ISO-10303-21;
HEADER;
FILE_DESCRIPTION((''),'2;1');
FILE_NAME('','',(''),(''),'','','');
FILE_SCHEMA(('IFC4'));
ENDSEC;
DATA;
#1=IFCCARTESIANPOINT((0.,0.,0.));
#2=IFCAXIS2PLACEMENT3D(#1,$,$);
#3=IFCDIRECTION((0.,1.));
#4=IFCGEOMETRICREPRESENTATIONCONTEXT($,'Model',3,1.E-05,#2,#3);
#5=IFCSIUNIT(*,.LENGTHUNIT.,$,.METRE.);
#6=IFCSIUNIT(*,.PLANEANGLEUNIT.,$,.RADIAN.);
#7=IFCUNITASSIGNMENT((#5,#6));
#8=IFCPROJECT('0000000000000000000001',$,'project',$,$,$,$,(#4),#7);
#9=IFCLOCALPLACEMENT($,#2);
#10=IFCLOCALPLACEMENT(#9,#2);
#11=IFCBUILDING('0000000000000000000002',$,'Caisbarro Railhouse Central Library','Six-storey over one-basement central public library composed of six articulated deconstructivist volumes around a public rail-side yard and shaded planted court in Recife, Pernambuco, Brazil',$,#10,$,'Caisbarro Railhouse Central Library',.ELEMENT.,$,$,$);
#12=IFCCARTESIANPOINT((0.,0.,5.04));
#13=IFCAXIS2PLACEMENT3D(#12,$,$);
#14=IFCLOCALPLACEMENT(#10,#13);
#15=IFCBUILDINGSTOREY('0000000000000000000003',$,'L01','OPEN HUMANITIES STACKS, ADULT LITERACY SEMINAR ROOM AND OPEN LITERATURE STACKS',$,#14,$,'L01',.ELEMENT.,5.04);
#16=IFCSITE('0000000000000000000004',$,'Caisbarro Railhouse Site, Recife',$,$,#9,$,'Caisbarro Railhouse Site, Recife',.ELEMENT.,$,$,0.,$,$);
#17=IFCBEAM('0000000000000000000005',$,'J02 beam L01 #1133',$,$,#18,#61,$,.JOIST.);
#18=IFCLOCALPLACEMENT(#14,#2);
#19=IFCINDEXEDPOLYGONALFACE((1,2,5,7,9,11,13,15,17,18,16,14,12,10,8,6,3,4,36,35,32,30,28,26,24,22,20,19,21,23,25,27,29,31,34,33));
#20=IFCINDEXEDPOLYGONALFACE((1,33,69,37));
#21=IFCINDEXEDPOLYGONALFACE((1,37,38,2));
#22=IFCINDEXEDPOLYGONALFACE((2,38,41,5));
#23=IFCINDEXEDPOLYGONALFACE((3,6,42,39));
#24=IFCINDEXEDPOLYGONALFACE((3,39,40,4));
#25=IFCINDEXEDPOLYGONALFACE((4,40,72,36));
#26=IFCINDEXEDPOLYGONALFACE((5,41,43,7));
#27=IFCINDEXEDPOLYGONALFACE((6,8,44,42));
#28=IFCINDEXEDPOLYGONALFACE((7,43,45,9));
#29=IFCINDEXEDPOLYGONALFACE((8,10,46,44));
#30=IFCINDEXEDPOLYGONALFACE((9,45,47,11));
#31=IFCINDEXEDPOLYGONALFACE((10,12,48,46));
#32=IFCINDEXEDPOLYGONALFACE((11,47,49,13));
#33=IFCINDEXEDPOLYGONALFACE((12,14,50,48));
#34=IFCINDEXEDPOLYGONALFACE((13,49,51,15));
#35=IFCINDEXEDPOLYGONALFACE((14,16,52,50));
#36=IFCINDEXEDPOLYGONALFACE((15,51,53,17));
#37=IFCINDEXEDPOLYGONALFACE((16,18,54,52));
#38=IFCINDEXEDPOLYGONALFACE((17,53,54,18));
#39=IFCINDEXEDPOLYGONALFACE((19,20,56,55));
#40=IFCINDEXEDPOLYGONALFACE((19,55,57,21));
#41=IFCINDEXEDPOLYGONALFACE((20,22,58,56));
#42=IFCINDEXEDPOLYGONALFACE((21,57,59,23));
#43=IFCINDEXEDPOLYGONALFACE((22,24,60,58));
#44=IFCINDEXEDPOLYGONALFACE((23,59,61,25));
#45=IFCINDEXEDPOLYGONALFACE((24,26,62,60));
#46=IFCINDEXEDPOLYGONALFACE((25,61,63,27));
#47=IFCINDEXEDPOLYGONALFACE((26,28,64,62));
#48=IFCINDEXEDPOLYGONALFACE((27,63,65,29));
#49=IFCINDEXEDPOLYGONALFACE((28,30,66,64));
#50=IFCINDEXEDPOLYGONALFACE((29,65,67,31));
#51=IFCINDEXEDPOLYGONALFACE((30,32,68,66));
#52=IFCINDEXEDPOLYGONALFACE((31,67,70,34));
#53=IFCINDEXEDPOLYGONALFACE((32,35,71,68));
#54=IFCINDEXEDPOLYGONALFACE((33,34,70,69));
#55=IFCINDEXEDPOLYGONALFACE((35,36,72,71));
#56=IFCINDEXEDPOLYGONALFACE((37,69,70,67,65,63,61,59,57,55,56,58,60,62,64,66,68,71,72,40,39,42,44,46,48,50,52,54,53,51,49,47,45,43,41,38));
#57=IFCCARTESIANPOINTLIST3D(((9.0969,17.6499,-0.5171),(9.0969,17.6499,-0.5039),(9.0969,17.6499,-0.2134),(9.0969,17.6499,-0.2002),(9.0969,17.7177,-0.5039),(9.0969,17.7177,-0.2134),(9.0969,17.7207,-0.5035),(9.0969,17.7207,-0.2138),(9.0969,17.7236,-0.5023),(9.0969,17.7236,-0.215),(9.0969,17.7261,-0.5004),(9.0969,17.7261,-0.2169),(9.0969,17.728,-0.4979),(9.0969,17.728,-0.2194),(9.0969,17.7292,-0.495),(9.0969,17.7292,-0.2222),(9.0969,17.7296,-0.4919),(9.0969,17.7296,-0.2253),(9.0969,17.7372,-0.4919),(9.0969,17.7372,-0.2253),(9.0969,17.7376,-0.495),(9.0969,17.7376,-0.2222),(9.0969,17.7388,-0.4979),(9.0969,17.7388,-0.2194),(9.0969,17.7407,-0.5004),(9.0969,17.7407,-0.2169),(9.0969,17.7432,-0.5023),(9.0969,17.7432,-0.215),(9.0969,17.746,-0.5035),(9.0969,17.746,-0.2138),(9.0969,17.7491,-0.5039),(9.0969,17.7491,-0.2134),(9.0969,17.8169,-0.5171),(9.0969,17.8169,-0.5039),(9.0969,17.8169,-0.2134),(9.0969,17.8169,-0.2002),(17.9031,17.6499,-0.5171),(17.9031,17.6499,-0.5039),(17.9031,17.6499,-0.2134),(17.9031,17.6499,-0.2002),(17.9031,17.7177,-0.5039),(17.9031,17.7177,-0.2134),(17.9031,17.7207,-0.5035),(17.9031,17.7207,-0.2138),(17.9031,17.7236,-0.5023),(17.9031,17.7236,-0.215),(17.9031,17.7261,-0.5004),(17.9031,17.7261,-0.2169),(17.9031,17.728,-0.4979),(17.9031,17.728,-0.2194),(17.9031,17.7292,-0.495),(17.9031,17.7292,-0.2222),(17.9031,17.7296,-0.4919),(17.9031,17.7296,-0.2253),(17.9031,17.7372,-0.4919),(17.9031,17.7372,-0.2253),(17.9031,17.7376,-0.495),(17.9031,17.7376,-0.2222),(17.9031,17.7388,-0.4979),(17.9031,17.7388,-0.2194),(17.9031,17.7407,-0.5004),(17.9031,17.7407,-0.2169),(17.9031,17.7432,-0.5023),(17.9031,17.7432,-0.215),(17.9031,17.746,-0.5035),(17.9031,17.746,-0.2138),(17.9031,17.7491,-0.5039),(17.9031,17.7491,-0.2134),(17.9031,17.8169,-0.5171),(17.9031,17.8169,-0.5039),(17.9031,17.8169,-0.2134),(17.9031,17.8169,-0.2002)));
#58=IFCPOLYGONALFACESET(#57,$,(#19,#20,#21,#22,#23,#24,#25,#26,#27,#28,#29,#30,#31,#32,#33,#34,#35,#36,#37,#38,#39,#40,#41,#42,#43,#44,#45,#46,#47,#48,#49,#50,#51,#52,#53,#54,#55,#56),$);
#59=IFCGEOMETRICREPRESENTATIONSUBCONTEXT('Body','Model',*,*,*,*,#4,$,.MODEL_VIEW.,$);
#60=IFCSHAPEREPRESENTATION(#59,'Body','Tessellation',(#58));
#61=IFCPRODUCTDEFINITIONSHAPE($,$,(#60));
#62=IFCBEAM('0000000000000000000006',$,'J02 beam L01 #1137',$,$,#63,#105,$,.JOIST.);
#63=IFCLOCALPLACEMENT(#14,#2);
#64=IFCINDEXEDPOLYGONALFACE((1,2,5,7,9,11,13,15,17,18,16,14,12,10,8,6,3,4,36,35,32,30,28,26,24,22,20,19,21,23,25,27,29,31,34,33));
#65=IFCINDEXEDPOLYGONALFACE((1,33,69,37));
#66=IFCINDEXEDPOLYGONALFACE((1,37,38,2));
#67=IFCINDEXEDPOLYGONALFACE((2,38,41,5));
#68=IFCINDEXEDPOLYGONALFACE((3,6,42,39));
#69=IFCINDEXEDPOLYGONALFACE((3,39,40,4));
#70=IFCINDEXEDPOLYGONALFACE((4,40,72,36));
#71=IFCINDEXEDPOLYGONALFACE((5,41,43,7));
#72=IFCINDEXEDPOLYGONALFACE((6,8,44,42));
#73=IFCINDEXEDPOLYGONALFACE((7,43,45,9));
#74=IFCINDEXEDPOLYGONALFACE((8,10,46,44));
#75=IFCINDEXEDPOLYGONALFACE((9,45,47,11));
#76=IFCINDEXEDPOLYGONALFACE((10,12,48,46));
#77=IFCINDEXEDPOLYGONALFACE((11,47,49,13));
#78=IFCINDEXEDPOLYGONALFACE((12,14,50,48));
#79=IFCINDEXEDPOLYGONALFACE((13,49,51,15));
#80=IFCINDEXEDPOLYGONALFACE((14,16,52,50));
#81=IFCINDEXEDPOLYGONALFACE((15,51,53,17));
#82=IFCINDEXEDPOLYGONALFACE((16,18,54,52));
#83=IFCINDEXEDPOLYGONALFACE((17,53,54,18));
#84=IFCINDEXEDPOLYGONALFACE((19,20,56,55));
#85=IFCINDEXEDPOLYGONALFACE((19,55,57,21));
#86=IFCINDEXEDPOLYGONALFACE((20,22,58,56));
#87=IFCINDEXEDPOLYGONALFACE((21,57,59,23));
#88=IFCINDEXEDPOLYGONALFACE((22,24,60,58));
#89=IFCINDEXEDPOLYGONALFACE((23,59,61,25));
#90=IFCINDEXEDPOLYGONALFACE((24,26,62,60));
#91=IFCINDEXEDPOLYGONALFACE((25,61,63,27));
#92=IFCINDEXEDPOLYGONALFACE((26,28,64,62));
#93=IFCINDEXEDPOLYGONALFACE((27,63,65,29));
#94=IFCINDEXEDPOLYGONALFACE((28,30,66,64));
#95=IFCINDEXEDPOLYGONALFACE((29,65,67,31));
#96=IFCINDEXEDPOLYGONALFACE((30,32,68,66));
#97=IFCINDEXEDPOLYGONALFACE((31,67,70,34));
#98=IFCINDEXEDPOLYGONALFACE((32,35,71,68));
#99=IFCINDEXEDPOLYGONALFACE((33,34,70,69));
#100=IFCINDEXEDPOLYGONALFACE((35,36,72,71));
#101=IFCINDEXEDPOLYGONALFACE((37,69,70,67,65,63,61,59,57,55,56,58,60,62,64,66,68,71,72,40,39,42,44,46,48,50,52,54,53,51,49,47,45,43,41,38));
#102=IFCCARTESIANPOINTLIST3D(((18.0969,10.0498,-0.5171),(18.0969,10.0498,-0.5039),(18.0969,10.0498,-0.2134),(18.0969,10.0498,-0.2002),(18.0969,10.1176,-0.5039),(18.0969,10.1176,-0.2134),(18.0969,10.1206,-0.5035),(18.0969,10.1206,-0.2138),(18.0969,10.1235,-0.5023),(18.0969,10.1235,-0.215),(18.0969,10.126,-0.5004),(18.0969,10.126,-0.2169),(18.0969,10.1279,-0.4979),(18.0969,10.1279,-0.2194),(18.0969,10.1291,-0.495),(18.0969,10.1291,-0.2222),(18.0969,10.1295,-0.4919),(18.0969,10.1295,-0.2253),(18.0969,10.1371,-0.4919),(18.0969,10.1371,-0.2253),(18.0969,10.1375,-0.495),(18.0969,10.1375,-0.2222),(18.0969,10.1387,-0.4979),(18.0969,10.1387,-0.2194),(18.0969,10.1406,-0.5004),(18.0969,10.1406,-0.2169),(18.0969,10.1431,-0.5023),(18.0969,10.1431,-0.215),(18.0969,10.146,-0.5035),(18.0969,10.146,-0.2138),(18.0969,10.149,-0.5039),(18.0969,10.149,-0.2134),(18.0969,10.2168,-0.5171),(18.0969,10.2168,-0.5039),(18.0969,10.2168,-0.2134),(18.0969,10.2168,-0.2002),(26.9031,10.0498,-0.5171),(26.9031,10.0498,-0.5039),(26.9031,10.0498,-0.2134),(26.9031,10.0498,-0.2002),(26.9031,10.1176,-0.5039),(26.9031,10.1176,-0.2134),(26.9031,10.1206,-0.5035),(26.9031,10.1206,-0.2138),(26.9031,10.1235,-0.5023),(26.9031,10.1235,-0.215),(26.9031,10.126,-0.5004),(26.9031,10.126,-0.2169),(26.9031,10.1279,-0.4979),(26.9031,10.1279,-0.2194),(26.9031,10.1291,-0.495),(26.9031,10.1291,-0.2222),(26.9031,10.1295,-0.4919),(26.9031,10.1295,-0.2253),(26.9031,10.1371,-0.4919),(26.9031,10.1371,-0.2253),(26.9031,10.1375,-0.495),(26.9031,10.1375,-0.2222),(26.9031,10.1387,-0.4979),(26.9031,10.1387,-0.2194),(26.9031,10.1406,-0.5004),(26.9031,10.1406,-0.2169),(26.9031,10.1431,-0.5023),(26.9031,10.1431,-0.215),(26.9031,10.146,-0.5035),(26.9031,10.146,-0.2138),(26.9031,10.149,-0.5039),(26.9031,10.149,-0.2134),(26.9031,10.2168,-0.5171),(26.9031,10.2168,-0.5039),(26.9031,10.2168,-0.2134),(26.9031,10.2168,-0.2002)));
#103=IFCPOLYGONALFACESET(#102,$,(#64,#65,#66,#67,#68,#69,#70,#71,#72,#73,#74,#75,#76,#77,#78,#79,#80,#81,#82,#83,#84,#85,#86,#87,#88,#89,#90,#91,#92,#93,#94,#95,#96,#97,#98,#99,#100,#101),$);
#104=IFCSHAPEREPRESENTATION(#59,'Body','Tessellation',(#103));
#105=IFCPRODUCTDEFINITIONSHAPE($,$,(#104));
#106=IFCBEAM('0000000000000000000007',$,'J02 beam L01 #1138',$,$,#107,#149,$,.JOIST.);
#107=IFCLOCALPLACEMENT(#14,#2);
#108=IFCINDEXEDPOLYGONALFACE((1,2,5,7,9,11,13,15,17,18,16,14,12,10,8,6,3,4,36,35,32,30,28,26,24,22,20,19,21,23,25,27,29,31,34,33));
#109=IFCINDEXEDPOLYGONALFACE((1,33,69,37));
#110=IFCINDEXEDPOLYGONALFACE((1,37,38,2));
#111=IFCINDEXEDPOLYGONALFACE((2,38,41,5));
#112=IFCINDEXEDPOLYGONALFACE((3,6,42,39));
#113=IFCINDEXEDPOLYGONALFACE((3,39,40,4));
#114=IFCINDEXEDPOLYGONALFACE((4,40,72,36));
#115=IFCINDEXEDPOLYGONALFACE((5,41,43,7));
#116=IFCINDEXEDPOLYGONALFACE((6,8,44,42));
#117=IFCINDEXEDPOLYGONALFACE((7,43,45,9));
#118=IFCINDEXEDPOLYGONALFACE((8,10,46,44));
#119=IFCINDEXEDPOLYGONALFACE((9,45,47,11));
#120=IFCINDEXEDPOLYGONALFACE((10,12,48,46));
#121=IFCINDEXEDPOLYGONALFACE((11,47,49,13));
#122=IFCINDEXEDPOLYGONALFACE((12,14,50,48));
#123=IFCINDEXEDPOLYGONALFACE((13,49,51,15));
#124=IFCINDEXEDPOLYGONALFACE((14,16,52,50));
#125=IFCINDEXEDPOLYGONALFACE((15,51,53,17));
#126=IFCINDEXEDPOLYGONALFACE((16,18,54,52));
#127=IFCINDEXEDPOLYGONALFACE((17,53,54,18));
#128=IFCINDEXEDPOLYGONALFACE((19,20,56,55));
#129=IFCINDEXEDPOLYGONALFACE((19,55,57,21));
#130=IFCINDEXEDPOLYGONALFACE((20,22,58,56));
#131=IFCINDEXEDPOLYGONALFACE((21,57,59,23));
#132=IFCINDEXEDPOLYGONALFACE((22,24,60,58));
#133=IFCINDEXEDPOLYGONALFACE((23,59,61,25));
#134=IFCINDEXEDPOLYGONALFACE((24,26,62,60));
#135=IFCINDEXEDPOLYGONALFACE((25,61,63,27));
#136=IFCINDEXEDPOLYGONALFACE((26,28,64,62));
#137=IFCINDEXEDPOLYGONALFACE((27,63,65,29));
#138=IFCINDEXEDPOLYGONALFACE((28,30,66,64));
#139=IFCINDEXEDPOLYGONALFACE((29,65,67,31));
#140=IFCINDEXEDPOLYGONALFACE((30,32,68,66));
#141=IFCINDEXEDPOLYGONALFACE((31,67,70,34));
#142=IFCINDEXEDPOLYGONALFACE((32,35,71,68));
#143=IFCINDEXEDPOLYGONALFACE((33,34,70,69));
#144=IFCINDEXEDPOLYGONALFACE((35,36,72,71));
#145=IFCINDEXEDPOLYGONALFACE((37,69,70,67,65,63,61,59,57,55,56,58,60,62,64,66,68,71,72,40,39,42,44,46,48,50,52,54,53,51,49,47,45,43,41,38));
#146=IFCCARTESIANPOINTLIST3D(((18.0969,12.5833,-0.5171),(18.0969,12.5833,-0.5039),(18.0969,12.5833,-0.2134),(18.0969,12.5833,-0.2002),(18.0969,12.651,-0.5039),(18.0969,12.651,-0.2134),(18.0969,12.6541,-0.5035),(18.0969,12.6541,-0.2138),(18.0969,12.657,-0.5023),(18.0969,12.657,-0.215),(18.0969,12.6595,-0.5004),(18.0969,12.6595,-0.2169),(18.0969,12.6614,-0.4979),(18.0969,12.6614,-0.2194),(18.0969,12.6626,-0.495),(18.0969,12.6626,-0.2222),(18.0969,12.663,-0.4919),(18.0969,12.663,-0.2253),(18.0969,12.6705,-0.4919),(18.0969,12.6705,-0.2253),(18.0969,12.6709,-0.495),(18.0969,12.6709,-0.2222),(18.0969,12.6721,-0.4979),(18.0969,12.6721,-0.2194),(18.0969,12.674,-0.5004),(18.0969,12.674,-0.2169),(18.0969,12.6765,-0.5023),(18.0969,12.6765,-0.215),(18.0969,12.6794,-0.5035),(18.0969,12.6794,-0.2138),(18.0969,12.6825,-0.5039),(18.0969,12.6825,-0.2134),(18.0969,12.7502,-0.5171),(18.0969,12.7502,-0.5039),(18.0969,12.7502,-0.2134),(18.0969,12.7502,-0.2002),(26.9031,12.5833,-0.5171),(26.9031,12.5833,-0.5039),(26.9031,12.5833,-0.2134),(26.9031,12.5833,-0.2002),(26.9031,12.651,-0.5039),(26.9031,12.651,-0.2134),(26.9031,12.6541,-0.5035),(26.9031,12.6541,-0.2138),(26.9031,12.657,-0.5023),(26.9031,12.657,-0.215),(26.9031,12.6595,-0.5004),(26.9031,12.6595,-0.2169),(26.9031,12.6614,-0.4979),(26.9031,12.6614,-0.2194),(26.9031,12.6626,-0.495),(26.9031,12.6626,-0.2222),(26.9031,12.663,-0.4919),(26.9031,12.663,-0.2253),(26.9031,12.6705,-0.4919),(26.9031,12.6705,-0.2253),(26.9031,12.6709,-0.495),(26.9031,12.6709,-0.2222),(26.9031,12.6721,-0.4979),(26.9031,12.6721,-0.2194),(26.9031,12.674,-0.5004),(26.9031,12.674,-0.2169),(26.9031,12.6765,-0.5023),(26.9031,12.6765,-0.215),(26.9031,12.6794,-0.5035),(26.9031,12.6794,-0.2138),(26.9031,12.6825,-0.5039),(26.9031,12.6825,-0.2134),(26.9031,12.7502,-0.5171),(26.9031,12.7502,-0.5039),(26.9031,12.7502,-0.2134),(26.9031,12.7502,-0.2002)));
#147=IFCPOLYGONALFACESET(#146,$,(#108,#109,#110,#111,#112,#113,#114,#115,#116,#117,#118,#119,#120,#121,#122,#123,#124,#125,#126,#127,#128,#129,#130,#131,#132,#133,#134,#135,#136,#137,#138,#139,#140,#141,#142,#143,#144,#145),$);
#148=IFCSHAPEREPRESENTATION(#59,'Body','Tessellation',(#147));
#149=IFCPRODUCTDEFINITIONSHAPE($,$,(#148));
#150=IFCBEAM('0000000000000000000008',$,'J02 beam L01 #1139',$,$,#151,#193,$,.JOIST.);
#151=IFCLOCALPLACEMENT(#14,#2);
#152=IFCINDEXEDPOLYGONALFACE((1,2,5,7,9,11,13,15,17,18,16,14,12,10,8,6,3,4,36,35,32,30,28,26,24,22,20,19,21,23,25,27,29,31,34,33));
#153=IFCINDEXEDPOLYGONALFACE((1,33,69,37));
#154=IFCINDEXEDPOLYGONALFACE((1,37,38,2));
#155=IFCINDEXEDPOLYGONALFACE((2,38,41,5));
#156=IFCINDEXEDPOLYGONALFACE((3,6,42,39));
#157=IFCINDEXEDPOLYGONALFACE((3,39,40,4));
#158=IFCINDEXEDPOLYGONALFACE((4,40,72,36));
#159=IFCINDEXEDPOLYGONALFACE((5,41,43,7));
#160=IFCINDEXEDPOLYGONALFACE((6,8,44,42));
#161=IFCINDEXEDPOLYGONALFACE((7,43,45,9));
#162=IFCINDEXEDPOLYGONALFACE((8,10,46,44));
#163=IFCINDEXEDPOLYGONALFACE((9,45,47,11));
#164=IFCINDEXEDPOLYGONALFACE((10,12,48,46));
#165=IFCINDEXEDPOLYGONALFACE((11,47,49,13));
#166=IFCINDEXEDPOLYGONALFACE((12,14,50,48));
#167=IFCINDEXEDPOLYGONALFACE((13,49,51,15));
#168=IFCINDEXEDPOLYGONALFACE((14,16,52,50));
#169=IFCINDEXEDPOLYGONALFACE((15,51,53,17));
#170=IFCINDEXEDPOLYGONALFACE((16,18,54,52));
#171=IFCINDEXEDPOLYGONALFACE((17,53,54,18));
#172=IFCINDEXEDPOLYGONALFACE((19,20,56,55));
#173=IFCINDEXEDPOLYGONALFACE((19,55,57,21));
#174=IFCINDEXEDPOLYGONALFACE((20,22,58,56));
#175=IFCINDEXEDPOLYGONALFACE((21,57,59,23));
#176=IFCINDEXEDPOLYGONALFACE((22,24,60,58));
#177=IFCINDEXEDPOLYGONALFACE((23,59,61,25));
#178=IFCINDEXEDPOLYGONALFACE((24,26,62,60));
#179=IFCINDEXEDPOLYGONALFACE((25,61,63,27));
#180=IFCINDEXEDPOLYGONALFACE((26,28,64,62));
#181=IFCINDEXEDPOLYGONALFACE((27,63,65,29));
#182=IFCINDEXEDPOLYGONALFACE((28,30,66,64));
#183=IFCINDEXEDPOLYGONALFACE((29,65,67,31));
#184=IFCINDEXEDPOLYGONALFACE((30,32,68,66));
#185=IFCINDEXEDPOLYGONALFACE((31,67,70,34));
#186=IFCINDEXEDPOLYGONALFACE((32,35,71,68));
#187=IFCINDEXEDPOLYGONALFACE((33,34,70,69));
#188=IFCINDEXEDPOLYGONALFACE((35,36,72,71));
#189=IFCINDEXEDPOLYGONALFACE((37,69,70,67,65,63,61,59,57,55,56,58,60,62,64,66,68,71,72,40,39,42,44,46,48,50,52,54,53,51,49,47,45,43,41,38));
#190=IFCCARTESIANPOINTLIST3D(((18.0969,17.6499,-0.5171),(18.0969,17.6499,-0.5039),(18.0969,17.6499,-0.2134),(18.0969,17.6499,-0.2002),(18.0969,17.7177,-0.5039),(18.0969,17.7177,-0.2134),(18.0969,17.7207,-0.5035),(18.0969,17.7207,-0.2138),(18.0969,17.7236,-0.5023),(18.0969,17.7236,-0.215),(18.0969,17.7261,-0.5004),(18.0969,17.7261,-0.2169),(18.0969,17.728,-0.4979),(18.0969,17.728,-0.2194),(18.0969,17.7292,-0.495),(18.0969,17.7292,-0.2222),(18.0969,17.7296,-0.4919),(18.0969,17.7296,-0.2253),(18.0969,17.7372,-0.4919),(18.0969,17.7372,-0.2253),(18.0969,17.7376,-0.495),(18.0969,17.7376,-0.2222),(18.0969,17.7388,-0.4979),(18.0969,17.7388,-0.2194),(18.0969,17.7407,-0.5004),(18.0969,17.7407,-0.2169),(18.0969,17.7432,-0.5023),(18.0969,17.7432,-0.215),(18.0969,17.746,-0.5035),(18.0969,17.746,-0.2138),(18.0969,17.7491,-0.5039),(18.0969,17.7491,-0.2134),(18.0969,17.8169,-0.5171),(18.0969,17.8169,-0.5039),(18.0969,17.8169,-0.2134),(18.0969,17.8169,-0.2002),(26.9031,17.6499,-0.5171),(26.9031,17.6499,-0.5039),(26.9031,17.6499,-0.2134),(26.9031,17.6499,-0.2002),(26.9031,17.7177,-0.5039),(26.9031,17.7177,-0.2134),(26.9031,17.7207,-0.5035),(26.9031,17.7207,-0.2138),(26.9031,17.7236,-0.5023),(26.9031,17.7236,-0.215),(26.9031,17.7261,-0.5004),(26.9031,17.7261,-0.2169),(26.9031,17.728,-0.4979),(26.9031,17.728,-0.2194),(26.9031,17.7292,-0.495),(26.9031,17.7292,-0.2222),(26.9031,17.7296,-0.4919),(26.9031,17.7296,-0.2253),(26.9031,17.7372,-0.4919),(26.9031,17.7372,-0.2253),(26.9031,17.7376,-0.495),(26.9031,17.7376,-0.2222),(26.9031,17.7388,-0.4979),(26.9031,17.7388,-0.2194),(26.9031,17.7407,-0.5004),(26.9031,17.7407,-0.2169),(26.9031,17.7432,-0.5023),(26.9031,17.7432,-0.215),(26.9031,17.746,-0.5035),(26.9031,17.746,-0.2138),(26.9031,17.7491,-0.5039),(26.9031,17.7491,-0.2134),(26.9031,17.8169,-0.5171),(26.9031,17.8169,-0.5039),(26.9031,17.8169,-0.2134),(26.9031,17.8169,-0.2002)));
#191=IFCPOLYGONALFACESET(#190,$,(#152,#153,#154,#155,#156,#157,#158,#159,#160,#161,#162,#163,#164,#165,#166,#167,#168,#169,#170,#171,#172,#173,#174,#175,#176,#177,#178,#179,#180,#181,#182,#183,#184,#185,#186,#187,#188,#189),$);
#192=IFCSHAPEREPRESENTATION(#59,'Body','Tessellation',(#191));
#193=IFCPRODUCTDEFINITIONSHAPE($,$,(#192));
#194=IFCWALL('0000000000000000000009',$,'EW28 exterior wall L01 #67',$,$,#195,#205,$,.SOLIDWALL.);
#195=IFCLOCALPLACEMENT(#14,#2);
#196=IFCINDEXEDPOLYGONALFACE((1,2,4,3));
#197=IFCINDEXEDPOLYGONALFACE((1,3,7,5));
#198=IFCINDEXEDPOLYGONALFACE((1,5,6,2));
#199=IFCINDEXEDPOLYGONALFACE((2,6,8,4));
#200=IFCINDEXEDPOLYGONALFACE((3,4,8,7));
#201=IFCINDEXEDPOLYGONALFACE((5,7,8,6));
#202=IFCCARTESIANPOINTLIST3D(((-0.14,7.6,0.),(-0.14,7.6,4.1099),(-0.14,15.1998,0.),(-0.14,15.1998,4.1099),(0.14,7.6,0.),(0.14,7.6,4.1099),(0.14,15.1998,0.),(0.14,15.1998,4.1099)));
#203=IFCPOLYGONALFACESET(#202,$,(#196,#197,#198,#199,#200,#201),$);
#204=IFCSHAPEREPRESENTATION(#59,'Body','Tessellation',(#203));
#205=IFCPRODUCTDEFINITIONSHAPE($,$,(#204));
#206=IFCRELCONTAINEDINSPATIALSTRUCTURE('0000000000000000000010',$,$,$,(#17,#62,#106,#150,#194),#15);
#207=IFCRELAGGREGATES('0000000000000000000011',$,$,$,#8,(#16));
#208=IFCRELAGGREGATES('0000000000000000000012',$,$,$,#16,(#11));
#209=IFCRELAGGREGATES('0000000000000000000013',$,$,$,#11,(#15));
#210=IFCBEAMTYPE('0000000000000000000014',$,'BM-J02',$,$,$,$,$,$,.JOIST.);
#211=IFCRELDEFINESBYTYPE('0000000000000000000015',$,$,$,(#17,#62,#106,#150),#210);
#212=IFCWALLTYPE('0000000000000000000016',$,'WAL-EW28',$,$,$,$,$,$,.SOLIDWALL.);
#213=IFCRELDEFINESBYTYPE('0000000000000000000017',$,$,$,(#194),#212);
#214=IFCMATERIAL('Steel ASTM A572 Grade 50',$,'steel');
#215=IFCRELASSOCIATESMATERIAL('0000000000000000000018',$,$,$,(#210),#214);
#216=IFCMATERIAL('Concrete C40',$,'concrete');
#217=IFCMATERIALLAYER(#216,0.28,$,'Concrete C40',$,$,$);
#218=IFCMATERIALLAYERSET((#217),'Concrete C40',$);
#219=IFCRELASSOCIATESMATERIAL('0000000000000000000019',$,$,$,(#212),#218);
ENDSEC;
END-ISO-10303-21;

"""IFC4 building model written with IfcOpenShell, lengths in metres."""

from ifc_helpers import new_model, si_unit, direction, frame, frame_2d, origin, origin_2d, place, context, subcontext, project, spatial, rectangle, i_section, extrude, material, layer, layer_set, material_profile, profile_set, type_object, element, save


model = new_model("IFC4")

# Units and contexts
model_context = context("Model", 3, precision=1e-05, world=origin(), true_north=direction((0.0, 1.0)))
body_context = subcontext(model_context, "Body", "Model", "MODEL_VIEW")
ifc_project = project(units=[si_unit("LENGTHUNIT", "METRE"), si_unit("PLANEANGLEUNIT", "RADIAN")], contexts=[model_context])

# Site, building, storey
site_placement = place(None, origin())
site = spatial("IfcSite", under=ifc_project, at=site_placement, Name="Caisbarro Railhouse Site, Recife", LongName="Caisbarro Railhouse Site, Recife", CompositionType="ELEMENT", RefElevation=0.0)
building_placement = place(site_placement, origin())
building = spatial("IfcBuilding", under=site, at=building_placement, Name="Caisbarro Railhouse Central Library", Description="Six-storey over one-basement central public library composed of six articulated deconstructivist volumes around a public rail-side yard and shaded planted court in Recife, Pernambuco, Brazil", LongName="Caisbarro Railhouse Central Library", CompositionType="ELEMENT")
storey_placement = place(building_placement, frame((0.0, 0.0, 5.04)))
storey = spatial("IfcBuildingStorey", under=building, at=storey_placement, Name="L01", Description="OPEN HUMANITIES STACKS, ADULT LITERACY SEMINAR ROOM AND OPEN LITERATURE STACKS", LongName="L01", CompositionType="ELEMENT", Elevation=5.04)

# Shared definitions
ifc_material_1 = material(Name="Steel ASTM A572 Grade 50", Category="steel")

# Beams
ifc_material_profile_1 = material_profile(ifc_material_1, i_section(OverallWidth=0.167, OverallDepth=0.3169, WebThickness=0.0076, FlangeThickness=0.0132, FilletRadius=0.012, at=origin_2d()), Name="W310X52.0")
ifc_profile_set_1 = profile_set([ifc_material_profile_1], Name="Steel ASTM A572 Grade 50")
beam_type_1 = type_object("IfcBeamType", Name="BM-J02", PredefinedType="JOIST", material=ifc_profile_set_1)
for number, where, z_axis, x_axis, name in (
    (1, (9.0969, 17.7334, -0.3586), (1.0, 0.0, 0.0), (0.0, 1.0, 0.0), "J02 beam L01 #1133"),
    (2, (18.0969, 10.1333, -0.3586), (1.0, 0.0, 0.0), (0.0, 1.0, 0.0), "J02 beam L01 #1137"),
    (3, (18.0969, 12.6667, -0.3586), (1.0, 0.0, 0.0), (0.0, 1.0, 0.0), "J02 beam L01 #1138"),
    (4, (18.0969, 17.7334, -0.3586), (1.0, 0.0, 0.0), (0.0, 1.0, 0.0), "J02 beam L01 #1139"),
):
    element("IfcBeam", number, at=place(storey_placement, frame(where, z_axis=z_axis, x_axis=x_axis)), inside=storey, type_object=beam_type_1, Name=name, PredefinedType="JOIST", context=body_context, shape_type="SweptSolid", body=[
        extrude(i_section(OverallWidth=0.167, OverallDepth=0.3169, WebThickness=0.0076, FlangeThickness=0.0132, FilletRadius=0.012, at=origin_2d()), origin(), (0.0, 0.0, 1.0), 8.8062),
    ])

# Wall
ifc_material_2 = material(Name="Concrete C40", Category="concrete")
ifc_layer_1 = layer(ifc_material_2, 0.28, Name="Concrete C40")
ifc_layer_set_1 = layer_set([ifc_layer_1], Name="Concrete C40")
wall_type_1 = type_object("IfcWallType", Name="WAL-EW28", PredefinedType="SOLIDWALL", material=ifc_layer_set_1)
wall_1_placement = place(storey_placement, frame((0.0, 7.6001, 0.0), z_axis=(0.0, 0.0, 1.0), x_axis=(0.0, 1.0, 0.0)))
element("IfcWall", 5, at=wall_1_placement, inside=storey, type_object=wall_type_1, Name="EW28 exterior wall L01 #67", PredefinedType="SOLIDWALL", context=body_context, shape_type="SweptSolid", body=[
    extrude(rectangle(XDim=7.5999, YDim=0.28, at=frame_2d((3.7998, 0.0))), origin(), (0.0, 0.0, 1.0), 4.1099),
])

save(model, "model.ifc")
